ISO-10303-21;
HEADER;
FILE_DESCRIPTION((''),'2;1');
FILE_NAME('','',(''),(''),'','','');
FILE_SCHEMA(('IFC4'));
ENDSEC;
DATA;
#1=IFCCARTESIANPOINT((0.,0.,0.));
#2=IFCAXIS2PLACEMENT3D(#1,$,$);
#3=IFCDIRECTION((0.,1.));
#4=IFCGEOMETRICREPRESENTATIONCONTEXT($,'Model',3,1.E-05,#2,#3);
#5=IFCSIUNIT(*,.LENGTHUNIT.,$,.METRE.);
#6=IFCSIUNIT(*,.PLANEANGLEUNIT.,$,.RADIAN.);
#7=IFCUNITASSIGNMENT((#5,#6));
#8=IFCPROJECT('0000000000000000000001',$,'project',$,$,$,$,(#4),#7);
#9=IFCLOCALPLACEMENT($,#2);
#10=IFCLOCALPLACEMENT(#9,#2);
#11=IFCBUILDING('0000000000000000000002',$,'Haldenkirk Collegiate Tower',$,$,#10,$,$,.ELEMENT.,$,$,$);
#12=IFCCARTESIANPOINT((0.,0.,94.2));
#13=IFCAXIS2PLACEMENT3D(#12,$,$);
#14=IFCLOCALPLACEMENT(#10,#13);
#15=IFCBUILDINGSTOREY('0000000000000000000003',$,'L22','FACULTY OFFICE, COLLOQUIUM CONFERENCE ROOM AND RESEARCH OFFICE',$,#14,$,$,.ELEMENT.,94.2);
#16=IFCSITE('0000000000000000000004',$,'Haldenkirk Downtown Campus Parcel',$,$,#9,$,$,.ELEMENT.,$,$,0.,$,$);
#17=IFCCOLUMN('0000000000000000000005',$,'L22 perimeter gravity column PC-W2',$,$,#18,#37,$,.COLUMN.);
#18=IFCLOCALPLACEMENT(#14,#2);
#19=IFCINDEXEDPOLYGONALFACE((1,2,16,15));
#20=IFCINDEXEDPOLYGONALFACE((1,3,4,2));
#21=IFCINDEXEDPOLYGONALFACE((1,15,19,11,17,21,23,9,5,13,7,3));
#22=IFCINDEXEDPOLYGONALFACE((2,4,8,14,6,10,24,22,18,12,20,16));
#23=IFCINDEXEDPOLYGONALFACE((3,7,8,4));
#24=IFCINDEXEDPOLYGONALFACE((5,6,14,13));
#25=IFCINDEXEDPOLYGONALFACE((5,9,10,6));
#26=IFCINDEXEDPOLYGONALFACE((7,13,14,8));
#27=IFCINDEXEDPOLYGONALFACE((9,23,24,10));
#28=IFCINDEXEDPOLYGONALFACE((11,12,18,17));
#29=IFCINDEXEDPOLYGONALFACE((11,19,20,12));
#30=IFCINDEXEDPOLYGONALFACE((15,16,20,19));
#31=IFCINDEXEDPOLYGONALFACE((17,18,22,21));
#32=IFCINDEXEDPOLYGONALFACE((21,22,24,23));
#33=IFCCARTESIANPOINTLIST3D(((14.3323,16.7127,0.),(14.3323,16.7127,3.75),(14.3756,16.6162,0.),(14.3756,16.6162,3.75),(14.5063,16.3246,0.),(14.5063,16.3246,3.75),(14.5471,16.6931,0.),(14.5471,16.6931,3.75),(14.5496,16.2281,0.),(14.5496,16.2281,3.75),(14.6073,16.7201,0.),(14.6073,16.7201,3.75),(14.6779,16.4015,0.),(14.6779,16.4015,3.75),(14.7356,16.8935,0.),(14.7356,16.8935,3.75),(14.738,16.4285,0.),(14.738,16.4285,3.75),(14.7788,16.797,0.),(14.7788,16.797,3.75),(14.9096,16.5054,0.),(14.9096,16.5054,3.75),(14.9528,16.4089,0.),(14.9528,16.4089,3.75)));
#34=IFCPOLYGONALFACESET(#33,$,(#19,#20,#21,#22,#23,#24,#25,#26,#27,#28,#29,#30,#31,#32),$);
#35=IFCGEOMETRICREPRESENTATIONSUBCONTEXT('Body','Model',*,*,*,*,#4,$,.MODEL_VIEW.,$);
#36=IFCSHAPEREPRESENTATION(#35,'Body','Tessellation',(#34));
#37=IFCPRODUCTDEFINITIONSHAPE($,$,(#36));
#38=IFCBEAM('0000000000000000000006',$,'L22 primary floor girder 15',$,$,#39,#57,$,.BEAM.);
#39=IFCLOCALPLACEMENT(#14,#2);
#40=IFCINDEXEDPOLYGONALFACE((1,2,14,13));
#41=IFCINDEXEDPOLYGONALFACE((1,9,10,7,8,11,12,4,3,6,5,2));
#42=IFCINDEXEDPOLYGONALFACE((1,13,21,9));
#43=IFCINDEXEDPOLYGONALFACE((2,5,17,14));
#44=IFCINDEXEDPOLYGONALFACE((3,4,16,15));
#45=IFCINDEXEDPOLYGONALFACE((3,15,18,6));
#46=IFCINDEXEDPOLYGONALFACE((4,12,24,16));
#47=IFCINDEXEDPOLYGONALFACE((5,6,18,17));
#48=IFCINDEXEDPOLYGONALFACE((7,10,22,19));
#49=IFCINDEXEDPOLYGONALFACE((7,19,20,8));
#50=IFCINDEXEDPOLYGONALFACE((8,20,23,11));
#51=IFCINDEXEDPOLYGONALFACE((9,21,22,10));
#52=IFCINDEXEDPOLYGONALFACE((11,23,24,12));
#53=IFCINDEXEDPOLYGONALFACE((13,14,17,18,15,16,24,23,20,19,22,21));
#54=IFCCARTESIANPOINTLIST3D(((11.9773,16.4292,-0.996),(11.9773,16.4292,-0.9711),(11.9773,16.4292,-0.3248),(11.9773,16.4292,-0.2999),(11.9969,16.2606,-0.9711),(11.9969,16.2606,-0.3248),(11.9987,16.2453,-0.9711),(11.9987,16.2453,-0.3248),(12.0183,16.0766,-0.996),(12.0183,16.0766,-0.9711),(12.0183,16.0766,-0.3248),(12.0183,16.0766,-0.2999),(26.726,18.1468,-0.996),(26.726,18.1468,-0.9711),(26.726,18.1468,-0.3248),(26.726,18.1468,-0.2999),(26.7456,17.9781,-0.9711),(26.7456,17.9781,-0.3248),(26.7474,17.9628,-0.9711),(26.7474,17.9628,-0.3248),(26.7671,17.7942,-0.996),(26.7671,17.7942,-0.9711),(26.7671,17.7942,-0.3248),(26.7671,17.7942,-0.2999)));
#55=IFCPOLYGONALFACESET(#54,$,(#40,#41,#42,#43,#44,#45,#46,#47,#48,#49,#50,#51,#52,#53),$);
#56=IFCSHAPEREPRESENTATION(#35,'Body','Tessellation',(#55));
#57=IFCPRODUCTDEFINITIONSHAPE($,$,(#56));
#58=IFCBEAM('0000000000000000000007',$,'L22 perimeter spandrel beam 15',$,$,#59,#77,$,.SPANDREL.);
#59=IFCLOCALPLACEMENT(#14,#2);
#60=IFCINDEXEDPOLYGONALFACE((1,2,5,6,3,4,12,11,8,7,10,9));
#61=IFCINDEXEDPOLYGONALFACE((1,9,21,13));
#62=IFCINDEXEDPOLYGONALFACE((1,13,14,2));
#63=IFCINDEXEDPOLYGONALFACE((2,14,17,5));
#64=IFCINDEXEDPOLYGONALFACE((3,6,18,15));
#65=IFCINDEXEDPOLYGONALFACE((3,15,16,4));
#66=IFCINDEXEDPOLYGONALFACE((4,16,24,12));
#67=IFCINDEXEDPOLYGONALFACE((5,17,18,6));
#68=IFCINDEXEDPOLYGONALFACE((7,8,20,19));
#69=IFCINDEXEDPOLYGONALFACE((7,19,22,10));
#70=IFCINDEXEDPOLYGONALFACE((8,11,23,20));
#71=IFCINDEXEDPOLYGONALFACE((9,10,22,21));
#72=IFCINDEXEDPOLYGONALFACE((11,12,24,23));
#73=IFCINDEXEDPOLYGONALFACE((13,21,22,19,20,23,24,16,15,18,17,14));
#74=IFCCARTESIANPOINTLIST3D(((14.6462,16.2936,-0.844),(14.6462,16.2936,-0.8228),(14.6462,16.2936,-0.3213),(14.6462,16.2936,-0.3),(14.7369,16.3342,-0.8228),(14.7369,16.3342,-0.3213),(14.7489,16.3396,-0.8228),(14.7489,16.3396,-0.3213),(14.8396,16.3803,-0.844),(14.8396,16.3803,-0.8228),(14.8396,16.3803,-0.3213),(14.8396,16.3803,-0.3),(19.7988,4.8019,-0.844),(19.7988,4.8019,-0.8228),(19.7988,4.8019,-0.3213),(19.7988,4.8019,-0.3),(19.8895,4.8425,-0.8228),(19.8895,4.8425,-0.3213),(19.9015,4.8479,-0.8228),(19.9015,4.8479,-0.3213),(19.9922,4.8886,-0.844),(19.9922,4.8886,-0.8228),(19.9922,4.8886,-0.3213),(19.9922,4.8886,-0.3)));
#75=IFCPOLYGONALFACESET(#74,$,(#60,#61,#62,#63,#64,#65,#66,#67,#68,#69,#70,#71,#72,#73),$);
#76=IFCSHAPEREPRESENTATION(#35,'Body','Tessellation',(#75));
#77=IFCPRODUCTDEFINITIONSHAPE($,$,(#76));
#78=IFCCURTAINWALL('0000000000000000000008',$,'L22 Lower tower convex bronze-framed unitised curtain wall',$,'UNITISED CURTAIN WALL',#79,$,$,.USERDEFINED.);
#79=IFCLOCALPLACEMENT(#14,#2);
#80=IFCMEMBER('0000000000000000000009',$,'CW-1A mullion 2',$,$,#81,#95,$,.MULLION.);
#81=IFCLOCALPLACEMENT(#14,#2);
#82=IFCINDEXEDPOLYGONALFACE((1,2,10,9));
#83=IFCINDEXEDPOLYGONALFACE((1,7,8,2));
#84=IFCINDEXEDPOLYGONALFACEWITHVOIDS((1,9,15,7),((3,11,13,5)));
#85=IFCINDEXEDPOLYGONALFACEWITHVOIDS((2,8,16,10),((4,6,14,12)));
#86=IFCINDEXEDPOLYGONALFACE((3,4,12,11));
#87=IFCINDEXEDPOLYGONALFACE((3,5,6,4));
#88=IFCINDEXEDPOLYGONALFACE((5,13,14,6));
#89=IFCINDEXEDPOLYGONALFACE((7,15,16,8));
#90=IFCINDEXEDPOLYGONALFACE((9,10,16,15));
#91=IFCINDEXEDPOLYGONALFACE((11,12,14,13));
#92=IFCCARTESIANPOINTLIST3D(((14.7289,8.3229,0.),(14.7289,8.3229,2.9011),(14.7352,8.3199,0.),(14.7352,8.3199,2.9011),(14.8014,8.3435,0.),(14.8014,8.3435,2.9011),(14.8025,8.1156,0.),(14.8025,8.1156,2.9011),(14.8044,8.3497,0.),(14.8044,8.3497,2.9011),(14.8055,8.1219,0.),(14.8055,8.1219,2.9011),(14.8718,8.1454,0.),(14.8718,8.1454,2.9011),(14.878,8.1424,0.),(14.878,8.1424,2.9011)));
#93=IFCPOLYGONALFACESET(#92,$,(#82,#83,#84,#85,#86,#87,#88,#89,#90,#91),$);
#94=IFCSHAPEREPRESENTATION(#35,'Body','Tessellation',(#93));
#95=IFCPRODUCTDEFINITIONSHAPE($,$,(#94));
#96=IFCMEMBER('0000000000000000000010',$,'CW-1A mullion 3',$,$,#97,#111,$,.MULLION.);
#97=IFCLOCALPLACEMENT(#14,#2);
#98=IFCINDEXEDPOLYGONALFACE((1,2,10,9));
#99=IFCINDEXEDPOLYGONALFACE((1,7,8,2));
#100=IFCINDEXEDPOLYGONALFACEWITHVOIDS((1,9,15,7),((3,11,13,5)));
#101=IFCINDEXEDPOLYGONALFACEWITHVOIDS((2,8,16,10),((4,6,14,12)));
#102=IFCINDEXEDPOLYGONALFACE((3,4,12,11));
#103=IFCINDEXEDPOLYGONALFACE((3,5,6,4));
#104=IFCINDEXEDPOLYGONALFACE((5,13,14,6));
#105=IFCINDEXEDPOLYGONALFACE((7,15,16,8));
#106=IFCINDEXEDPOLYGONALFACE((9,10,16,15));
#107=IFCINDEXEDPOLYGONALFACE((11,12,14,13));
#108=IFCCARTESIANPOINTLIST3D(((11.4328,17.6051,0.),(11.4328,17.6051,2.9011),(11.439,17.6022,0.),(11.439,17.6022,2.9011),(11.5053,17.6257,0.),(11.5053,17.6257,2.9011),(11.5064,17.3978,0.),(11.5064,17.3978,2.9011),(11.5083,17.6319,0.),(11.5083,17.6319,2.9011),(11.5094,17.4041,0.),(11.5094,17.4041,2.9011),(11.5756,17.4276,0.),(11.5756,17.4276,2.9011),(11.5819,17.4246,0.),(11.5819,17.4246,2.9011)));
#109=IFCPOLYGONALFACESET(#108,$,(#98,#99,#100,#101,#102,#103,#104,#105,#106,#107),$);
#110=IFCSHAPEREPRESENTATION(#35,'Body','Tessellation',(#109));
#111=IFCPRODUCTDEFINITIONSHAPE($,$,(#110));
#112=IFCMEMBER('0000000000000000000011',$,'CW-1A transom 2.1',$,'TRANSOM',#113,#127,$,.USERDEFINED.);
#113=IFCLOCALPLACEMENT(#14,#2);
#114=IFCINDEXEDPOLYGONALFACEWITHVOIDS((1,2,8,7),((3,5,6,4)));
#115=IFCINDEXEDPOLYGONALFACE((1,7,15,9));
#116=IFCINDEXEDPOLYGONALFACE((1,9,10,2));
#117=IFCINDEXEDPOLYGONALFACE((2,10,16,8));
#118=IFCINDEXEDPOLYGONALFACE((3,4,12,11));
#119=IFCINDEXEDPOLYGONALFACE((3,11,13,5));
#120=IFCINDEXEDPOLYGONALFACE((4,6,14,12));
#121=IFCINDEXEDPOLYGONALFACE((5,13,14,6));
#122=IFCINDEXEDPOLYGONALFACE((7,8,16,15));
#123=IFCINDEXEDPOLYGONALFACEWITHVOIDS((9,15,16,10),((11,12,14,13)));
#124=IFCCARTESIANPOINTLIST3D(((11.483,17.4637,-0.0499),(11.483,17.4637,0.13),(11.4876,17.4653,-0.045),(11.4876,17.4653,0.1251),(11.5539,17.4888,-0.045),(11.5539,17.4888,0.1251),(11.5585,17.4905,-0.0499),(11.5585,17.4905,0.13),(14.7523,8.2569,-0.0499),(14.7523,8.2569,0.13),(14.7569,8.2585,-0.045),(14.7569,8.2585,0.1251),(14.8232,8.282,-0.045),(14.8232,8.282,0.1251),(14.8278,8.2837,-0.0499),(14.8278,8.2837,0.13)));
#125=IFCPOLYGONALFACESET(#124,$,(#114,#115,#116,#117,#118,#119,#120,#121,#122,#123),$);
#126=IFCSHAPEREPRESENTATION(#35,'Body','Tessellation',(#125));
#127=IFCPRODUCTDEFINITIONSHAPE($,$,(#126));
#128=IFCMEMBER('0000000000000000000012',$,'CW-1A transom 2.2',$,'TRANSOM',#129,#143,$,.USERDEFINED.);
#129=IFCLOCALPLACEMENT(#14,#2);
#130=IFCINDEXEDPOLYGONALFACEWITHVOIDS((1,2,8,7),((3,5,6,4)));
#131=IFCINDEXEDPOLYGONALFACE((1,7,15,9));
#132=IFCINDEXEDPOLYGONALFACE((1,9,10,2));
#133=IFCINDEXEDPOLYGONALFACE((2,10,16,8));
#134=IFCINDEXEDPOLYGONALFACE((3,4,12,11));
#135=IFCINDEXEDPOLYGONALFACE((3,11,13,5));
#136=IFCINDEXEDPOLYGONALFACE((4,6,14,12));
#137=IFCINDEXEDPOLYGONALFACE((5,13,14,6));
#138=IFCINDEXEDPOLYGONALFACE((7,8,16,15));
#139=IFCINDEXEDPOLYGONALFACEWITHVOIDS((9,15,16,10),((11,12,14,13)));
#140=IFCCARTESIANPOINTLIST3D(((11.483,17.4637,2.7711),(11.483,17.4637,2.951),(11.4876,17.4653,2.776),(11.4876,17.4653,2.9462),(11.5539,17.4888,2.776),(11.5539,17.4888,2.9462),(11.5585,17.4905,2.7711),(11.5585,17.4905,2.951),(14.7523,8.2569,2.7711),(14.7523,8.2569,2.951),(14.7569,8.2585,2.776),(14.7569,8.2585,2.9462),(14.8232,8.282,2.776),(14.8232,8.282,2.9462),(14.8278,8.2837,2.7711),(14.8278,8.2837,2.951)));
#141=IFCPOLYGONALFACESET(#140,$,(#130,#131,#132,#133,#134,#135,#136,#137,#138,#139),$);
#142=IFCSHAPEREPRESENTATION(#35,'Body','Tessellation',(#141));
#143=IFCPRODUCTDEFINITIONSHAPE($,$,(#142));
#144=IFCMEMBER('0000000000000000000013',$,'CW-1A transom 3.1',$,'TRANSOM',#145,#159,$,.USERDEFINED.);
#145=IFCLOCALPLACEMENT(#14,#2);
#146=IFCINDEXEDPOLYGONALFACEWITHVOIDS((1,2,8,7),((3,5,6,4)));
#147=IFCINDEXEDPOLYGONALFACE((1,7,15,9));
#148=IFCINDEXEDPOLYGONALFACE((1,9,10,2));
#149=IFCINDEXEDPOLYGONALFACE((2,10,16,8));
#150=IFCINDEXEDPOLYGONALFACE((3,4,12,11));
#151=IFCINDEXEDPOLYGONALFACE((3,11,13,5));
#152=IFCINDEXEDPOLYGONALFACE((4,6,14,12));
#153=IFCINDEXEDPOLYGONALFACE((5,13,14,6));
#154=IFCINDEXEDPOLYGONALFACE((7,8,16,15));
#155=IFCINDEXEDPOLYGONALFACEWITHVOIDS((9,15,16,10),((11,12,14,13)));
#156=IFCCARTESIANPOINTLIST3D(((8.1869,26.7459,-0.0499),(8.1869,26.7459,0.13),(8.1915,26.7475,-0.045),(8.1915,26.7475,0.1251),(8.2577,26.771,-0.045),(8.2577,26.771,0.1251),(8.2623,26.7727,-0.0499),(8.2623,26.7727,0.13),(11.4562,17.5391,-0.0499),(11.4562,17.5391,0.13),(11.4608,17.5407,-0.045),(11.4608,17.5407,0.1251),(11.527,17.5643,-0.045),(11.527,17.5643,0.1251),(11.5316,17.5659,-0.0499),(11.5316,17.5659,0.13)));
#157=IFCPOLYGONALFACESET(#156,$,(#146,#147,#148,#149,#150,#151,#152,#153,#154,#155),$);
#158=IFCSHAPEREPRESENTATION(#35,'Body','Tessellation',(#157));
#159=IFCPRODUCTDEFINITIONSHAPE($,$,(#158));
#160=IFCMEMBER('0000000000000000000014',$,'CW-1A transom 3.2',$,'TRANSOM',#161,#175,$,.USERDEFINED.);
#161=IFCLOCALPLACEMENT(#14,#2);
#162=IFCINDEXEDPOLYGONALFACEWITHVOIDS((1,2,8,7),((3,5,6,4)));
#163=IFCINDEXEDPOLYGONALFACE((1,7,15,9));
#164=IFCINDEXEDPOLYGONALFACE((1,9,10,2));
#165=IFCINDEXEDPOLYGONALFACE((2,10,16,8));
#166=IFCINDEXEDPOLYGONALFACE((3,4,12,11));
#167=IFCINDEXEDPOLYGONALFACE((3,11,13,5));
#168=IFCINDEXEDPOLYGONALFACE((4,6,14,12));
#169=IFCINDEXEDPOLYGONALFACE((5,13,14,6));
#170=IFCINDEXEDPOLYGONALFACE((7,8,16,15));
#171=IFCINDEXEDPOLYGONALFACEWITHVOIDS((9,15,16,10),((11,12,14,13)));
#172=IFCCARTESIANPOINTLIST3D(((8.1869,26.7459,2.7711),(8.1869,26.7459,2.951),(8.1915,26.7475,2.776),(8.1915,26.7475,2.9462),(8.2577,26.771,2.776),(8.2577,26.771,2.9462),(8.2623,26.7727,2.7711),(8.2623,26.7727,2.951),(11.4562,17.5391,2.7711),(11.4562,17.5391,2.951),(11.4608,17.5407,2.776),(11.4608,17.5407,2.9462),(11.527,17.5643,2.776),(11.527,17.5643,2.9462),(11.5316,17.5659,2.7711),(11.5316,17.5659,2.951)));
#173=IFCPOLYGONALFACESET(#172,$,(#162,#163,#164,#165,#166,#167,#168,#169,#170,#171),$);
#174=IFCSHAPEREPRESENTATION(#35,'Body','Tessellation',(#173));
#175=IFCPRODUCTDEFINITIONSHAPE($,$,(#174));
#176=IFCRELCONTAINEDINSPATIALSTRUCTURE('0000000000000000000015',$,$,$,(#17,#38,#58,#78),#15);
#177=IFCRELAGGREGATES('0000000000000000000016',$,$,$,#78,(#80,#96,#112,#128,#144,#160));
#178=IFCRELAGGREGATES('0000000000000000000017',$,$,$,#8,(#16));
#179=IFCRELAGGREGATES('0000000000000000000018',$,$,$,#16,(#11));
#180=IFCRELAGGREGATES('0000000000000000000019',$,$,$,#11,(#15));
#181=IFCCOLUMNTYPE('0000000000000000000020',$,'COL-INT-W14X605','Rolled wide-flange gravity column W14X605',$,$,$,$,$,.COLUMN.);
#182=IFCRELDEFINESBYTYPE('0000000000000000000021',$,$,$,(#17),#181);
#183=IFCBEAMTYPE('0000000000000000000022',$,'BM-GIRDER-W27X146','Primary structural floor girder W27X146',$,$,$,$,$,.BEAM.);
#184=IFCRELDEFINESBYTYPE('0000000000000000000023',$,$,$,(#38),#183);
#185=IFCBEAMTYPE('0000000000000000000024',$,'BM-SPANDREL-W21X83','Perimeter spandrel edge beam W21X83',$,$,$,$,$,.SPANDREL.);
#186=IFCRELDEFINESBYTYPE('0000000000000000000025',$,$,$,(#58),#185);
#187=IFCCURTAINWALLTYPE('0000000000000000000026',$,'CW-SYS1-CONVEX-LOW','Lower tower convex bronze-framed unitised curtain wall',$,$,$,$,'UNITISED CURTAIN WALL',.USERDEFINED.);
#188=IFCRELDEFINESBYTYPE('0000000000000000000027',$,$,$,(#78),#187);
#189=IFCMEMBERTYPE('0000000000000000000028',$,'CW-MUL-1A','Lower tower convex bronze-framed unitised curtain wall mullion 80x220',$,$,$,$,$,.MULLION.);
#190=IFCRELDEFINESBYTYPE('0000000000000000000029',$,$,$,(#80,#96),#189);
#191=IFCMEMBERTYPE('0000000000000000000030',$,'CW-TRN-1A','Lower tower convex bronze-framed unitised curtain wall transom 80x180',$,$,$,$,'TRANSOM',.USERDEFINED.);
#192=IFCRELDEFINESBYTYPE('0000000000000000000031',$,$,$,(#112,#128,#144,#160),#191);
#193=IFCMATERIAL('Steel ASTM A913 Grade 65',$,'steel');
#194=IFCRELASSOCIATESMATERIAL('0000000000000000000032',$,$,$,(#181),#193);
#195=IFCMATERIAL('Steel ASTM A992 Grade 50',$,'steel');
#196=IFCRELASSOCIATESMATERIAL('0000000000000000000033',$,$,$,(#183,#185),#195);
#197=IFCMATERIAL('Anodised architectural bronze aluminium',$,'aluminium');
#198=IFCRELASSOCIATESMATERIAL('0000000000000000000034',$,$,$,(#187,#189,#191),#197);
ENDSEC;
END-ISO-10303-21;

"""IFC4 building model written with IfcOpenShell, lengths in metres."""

from ifc_helpers import new_model, si_unit, direction, frame, origin, origin_2d, place, context, subcontext, project, spatial, hollow_rectangle, i_section, extrude, material, material_profile, profile_set, type_object, element, aggregate, save


model = new_model("IFC4")

# Units and contexts
model_context = context("Model", 3, precision=1e-05, world=origin(), true_north=direction((0.0, 1.0)))
body_context = subcontext(model_context, "Body", "Model", "MODEL_VIEW")
ifc_project = project(units=[si_unit("LENGTHUNIT", "METRE"), si_unit("PLANEANGLEUNIT", "RADIAN")], contexts=[model_context])

# Site, building, storey
site_placement = place(None, origin())
site = spatial("IfcSite", under=ifc_project, at=site_placement, Name="Haldenkirk Downtown Campus Parcel", CompositionType="ELEMENT", RefElevation=0.0)
building_placement = place(site_placement, origin())
building = spatial("IfcBuilding", under=site, at=building_placement, Name="Haldenkirk Collegiate Tower", CompositionType="ELEMENT")
storey_placement = place(building_placement, frame((0.0, 0.0, 94.2)))
storey = spatial("IfcBuildingStorey", under=building, at=storey_placement, Name="L22", Description="FACULTY OFFICE, COLLOQUIUM CONFERENCE ROOM AND RESEARCH OFFICE", CompositionType="ELEMENT", Elevation=94.2)

# Column
ifc_material_1 = material(Name="Steel ASTM A913 Grade 65", Category="steel")
ifc_material_profile_1 = material_profile(ifc_material_1, i_section(OverallWidth=0.4419, OverallDepth=0.531, WebThickness=0.0659, FlangeThickness=0.1057, at=origin_2d()), Name="W14X605")
ifc_profile_set_1 = profile_set([ifc_material_profile_1], Name="Steel ASTM A913 Grade 65")
column_type = type_object("IfcColumnType", Name="COL-INT-W14X605", Description="Rolled wide-flange gravity column W14X605", PredefinedType="COLUMN", material=ifc_profile_set_1)
column_placement = place(storey_placement, frame((14.6426, 16.5608, 0.0), z_axis=(0.0, 0.0, 1.0), x_axis=(0.912477, 0.409127, 0.0)))
element("IfcColumn", 1, at=column_placement, inside=storey, type_object=column_type, Name="L22 perimeter gravity column PC-W2", PredefinedType="COLUMN", context=body_context, shape_type="SweptSolid", body=[
    extrude(i_section(OverallWidth=0.4419, OverallDepth=0.531, WebThickness=0.0659, FlangeThickness=0.1057, at=origin_2d()), origin(), (0.0, 0.0, 1.0), 3.75),
])

# Beams
ifc_material_2 = material(Name="Steel ASTM A992 Grade 50", Category="steel")
ifc_material_profile_2 = material_profile(ifc_material_2, i_section(OverallWidth=0.355, OverallDepth=0.696, WebThickness=0.0154, FlangeThickness=0.0249, at=origin_2d()), Name="W27X146")
ifc_profile_set_2 = profile_set([ifc_material_profile_2], Name="Steel ASTM A992 Grade 50")
beam_type_1 = type_object("IfcBeamType", Name="BM-GIRDER-W27X146", Description="Primary structural floor girder W27X146", PredefinedType="BEAM", material=ifc_profile_set_2)
beam_1_placement = place(storey_placement, frame((11.9978, 16.2529, -0.6479), z_axis=(0.993288, 0.115671, 0.0), x_axis=(-0.115671, 0.993288, 0.0)))
element("IfcBeam", 2, at=beam_1_placement, inside=storey, type_object=beam_type_1, Name="L22 primary floor girder 15", PredefinedType="BEAM", context=body_context, shape_type="SweptSolid", body=[
    extrude(i_section(OverallWidth=0.355, OverallDepth=0.696, WebThickness=0.0154, FlangeThickness=0.0249, at=origin_2d()), origin(), (0.0, 0.0, 1.0), 14.8484),
])
ifc_material_profile_3 = material_profile(ifc_material_2, i_section(OverallWidth=0.2119, OverallDepth=0.5439, WebThickness=0.0132, FlangeThickness=0.0212, at=origin_2d()), Name="W21X83")
ifc_profile_set_3 = profile_set([ifc_material_profile_3], Name="Steel ASTM A992 Grade 50")
beam_type_2 = type_object("IfcBeamType", Name="BM-SPANDREL-W21X83", Description="Perimeter spandrel edge beam W21X83", PredefinedType="SPANDREL", material=ifc_profile_set_3)
beam_2_placement = place(storey_placement, frame((14.7429, 16.3369, -0.572), z_axis=(0.409131, -0.912476, 0.0), x_axis=(0.912476, 0.409131, 0.0)))
element("IfcBeam", 3, at=beam_2_placement, inside=storey, type_object=beam_type_2, Name="L22 perimeter spandrel beam 15", PredefinedType="SPANDREL", context=body_context, shape_type="SweptSolid", body=[
    extrude(i_section(OverallWidth=0.2119, OverallDepth=0.5439, WebThickness=0.0132, FlangeThickness=0.0212, at=origin_2d()), origin(), (0.0, 0.0, 1.0), 12.594),
])

# Curtain wall, members
ifc_material_3 = material(Name="Anodised architectural bronze aluminium", Category="aluminium")
curtain_wall_type = type_object("IfcCurtainWallType", Name="CW-SYS1-CONVEX-LOW", Description="Lower tower convex bronze-framed unitised curtain wall", ElementType="UNITISED CURTAIN WALL", PredefinedType="USERDEFINED", material=ifc_material_3)
curtain_wall_placement = place(storey_placement, origin())
curtain_wall = element("IfcCurtainWall", 4, at=curtain_wall_placement, inside=storey, type_object=curtain_wall_type, Name="L22 Lower tower convex bronze-framed unitised curtain wall", ObjectType="UNITISED CURTAIN WALL", PredefinedType="USERDEFINED")
ifc_material_profile_4 = material_profile(ifc_material_3, hollow_rectangle(XDim=0.0801, YDim=0.22, WallThickness=0.0049, at=origin_2d()), Name="CW-MUL-1A")
ifc_profile_set_4 = profile_set([ifc_material_profile_4], Name="Anodised architectural bronze aluminium")
member_type_1 = type_object("IfcMemberType", Name="CW-MUL-1A", Description="Lower tower convex bronze-framed unitised curtain wall mullion 80x220", PredefinedType="MULLION", material=ifc_profile_set_4)
member_1_placement = place(storey_placement, frame((14.8035, 8.2327, 0.0), z_axis=(0.0, 0.0, 1.0), x_axis=(-0.942351, -0.334626, 0.0)))
member_1 = element("IfcMember", 5, at=member_1_placement, type_object=member_type_1, Name="CW-1A mullion 2", PredefinedType="MULLION", context=body_context, shape_type="SweptSolid", body=[
    extrude(hollow_rectangle(XDim=0.0801, YDim=0.22, WallThickness=0.0049, at=origin_2d()), origin(), (0.0, 0.0, 1.0), 2.9011),
])
member_2_placement = place(storey_placement, frame((11.5073, 17.5149, 0.0), z_axis=(0.0, 0.0, 1.0), x_axis=(-0.942351, -0.334626, 0.0)))
member_2 = element("IfcMember", 6, at=member_2_placement, type_object=member_type_1, Name="CW-1A mullion 3", PredefinedType="MULLION", context=body_context, shape_type="SweptSolid", body=[
    extrude(hollow_rectangle(XDim=0.0801, YDim=0.22, WallThickness=0.0049, at=origin_2d()), origin(), (0.0, 0.0, 1.0), 2.9011),
])
ifc_material_profile_5 = material_profile(ifc_material_3, hollow_rectangle(XDim=0.0801, YDim=0.1799, WallThickness=0.0049, at=origin_2d()), Name="CW-TRN-1A")
ifc_profile_set_5 = profile_set([ifc_material_profile_5], Name="Anodised architectural bronze aluminium")
member_type_2 = type_object("IfcMemberType", Name="CW-TRN-1A", Description="Lower tower convex bronze-framed unitised curtain wall transom 80x180", ElementType="TRANSOM", PredefinedType="USERDEFINED", material=ifc_profile_set_5)
member_3_placement = place(storey_placement, frame((14.79, 8.2703, 0.04), z_axis=(-0.334625, 0.942352, 0.0), x_axis=(-0.942352, -0.334625, 0.0)))
member_3 = element("IfcMember", 7, at=member_3_placement, type_object=member_type_2, Name="CW-1A transom 2.1", ObjectType="TRANSOM", PredefinedType="USERDEFINED", context=body_context, shape_type="SweptSolid", body=[
    extrude(hollow_rectangle(XDim=0.0801, YDim=0.1799, WallThickness=0.0049, at=origin_2d()), origin(), (0.0, 0.0, 1.0), 9.77),
])
member_4_placement = place(storey_placement, frame((14.79, 8.2703, 2.8611), z_axis=(-0.334625, 0.942352, 0.0), x_axis=(-0.942352, -0.334625, 0.0)))
member_4 = element("IfcMember", 8, at=member_4_placement, type_object=member_type_2, Name="CW-1A transom 2.2", ObjectType="TRANSOM", PredefinedType="USERDEFINED", context=body_context, shape_type="SweptSolid", body=[
    extrude(hollow_rectangle(XDim=0.0801, YDim=0.1799, WallThickness=0.0049, at=origin_2d()), origin(), (0.0, 0.0, 1.0), 9.77),
])
member_5_placement = place(storey_placement, frame((11.4939, 17.5525, 0.04), z_axis=(-0.334625, 0.942352, 0.0), x_axis=(-0.942352, -0.334625, 0.0)))
member_5 = element("IfcMember", 9, at=member_5_placement, type_object=member_type_2, Name="CW-1A transom 3.1", ObjectType="TRANSOM", PredefinedType="USERDEFINED", context=body_context, shape_type="SweptSolid", body=[
    extrude(hollow_rectangle(XDim=0.0801, YDim=0.1799, WallThickness=0.0049, at=origin_2d()), origin(), (0.0, 0.0, 1.0), 9.77),
])
member_6_placement = place(storey_placement, frame((11.4939, 17.5525, 2.8611), z_axis=(-0.334625, 0.942352, 0.0), x_axis=(-0.942352, -0.334625, 0.0)))
member_6 = element("IfcMember", 10, at=member_6_placement, type_object=member_type_2, Name="CW-1A transom 3.2", ObjectType="TRANSOM", PredefinedType="USERDEFINED", context=body_context, shape_type="SweptSolid", body=[
    extrude(hollow_rectangle(XDim=0.0801, YDim=0.1799, WallThickness=0.0049, at=origin_2d()), origin(), (0.0, 0.0, 1.0), 9.77),
])

aggregate(curtain_wall, [member_1, member_2, member_3, member_4, member_5, member_6])

save(model, "model.ifc")
